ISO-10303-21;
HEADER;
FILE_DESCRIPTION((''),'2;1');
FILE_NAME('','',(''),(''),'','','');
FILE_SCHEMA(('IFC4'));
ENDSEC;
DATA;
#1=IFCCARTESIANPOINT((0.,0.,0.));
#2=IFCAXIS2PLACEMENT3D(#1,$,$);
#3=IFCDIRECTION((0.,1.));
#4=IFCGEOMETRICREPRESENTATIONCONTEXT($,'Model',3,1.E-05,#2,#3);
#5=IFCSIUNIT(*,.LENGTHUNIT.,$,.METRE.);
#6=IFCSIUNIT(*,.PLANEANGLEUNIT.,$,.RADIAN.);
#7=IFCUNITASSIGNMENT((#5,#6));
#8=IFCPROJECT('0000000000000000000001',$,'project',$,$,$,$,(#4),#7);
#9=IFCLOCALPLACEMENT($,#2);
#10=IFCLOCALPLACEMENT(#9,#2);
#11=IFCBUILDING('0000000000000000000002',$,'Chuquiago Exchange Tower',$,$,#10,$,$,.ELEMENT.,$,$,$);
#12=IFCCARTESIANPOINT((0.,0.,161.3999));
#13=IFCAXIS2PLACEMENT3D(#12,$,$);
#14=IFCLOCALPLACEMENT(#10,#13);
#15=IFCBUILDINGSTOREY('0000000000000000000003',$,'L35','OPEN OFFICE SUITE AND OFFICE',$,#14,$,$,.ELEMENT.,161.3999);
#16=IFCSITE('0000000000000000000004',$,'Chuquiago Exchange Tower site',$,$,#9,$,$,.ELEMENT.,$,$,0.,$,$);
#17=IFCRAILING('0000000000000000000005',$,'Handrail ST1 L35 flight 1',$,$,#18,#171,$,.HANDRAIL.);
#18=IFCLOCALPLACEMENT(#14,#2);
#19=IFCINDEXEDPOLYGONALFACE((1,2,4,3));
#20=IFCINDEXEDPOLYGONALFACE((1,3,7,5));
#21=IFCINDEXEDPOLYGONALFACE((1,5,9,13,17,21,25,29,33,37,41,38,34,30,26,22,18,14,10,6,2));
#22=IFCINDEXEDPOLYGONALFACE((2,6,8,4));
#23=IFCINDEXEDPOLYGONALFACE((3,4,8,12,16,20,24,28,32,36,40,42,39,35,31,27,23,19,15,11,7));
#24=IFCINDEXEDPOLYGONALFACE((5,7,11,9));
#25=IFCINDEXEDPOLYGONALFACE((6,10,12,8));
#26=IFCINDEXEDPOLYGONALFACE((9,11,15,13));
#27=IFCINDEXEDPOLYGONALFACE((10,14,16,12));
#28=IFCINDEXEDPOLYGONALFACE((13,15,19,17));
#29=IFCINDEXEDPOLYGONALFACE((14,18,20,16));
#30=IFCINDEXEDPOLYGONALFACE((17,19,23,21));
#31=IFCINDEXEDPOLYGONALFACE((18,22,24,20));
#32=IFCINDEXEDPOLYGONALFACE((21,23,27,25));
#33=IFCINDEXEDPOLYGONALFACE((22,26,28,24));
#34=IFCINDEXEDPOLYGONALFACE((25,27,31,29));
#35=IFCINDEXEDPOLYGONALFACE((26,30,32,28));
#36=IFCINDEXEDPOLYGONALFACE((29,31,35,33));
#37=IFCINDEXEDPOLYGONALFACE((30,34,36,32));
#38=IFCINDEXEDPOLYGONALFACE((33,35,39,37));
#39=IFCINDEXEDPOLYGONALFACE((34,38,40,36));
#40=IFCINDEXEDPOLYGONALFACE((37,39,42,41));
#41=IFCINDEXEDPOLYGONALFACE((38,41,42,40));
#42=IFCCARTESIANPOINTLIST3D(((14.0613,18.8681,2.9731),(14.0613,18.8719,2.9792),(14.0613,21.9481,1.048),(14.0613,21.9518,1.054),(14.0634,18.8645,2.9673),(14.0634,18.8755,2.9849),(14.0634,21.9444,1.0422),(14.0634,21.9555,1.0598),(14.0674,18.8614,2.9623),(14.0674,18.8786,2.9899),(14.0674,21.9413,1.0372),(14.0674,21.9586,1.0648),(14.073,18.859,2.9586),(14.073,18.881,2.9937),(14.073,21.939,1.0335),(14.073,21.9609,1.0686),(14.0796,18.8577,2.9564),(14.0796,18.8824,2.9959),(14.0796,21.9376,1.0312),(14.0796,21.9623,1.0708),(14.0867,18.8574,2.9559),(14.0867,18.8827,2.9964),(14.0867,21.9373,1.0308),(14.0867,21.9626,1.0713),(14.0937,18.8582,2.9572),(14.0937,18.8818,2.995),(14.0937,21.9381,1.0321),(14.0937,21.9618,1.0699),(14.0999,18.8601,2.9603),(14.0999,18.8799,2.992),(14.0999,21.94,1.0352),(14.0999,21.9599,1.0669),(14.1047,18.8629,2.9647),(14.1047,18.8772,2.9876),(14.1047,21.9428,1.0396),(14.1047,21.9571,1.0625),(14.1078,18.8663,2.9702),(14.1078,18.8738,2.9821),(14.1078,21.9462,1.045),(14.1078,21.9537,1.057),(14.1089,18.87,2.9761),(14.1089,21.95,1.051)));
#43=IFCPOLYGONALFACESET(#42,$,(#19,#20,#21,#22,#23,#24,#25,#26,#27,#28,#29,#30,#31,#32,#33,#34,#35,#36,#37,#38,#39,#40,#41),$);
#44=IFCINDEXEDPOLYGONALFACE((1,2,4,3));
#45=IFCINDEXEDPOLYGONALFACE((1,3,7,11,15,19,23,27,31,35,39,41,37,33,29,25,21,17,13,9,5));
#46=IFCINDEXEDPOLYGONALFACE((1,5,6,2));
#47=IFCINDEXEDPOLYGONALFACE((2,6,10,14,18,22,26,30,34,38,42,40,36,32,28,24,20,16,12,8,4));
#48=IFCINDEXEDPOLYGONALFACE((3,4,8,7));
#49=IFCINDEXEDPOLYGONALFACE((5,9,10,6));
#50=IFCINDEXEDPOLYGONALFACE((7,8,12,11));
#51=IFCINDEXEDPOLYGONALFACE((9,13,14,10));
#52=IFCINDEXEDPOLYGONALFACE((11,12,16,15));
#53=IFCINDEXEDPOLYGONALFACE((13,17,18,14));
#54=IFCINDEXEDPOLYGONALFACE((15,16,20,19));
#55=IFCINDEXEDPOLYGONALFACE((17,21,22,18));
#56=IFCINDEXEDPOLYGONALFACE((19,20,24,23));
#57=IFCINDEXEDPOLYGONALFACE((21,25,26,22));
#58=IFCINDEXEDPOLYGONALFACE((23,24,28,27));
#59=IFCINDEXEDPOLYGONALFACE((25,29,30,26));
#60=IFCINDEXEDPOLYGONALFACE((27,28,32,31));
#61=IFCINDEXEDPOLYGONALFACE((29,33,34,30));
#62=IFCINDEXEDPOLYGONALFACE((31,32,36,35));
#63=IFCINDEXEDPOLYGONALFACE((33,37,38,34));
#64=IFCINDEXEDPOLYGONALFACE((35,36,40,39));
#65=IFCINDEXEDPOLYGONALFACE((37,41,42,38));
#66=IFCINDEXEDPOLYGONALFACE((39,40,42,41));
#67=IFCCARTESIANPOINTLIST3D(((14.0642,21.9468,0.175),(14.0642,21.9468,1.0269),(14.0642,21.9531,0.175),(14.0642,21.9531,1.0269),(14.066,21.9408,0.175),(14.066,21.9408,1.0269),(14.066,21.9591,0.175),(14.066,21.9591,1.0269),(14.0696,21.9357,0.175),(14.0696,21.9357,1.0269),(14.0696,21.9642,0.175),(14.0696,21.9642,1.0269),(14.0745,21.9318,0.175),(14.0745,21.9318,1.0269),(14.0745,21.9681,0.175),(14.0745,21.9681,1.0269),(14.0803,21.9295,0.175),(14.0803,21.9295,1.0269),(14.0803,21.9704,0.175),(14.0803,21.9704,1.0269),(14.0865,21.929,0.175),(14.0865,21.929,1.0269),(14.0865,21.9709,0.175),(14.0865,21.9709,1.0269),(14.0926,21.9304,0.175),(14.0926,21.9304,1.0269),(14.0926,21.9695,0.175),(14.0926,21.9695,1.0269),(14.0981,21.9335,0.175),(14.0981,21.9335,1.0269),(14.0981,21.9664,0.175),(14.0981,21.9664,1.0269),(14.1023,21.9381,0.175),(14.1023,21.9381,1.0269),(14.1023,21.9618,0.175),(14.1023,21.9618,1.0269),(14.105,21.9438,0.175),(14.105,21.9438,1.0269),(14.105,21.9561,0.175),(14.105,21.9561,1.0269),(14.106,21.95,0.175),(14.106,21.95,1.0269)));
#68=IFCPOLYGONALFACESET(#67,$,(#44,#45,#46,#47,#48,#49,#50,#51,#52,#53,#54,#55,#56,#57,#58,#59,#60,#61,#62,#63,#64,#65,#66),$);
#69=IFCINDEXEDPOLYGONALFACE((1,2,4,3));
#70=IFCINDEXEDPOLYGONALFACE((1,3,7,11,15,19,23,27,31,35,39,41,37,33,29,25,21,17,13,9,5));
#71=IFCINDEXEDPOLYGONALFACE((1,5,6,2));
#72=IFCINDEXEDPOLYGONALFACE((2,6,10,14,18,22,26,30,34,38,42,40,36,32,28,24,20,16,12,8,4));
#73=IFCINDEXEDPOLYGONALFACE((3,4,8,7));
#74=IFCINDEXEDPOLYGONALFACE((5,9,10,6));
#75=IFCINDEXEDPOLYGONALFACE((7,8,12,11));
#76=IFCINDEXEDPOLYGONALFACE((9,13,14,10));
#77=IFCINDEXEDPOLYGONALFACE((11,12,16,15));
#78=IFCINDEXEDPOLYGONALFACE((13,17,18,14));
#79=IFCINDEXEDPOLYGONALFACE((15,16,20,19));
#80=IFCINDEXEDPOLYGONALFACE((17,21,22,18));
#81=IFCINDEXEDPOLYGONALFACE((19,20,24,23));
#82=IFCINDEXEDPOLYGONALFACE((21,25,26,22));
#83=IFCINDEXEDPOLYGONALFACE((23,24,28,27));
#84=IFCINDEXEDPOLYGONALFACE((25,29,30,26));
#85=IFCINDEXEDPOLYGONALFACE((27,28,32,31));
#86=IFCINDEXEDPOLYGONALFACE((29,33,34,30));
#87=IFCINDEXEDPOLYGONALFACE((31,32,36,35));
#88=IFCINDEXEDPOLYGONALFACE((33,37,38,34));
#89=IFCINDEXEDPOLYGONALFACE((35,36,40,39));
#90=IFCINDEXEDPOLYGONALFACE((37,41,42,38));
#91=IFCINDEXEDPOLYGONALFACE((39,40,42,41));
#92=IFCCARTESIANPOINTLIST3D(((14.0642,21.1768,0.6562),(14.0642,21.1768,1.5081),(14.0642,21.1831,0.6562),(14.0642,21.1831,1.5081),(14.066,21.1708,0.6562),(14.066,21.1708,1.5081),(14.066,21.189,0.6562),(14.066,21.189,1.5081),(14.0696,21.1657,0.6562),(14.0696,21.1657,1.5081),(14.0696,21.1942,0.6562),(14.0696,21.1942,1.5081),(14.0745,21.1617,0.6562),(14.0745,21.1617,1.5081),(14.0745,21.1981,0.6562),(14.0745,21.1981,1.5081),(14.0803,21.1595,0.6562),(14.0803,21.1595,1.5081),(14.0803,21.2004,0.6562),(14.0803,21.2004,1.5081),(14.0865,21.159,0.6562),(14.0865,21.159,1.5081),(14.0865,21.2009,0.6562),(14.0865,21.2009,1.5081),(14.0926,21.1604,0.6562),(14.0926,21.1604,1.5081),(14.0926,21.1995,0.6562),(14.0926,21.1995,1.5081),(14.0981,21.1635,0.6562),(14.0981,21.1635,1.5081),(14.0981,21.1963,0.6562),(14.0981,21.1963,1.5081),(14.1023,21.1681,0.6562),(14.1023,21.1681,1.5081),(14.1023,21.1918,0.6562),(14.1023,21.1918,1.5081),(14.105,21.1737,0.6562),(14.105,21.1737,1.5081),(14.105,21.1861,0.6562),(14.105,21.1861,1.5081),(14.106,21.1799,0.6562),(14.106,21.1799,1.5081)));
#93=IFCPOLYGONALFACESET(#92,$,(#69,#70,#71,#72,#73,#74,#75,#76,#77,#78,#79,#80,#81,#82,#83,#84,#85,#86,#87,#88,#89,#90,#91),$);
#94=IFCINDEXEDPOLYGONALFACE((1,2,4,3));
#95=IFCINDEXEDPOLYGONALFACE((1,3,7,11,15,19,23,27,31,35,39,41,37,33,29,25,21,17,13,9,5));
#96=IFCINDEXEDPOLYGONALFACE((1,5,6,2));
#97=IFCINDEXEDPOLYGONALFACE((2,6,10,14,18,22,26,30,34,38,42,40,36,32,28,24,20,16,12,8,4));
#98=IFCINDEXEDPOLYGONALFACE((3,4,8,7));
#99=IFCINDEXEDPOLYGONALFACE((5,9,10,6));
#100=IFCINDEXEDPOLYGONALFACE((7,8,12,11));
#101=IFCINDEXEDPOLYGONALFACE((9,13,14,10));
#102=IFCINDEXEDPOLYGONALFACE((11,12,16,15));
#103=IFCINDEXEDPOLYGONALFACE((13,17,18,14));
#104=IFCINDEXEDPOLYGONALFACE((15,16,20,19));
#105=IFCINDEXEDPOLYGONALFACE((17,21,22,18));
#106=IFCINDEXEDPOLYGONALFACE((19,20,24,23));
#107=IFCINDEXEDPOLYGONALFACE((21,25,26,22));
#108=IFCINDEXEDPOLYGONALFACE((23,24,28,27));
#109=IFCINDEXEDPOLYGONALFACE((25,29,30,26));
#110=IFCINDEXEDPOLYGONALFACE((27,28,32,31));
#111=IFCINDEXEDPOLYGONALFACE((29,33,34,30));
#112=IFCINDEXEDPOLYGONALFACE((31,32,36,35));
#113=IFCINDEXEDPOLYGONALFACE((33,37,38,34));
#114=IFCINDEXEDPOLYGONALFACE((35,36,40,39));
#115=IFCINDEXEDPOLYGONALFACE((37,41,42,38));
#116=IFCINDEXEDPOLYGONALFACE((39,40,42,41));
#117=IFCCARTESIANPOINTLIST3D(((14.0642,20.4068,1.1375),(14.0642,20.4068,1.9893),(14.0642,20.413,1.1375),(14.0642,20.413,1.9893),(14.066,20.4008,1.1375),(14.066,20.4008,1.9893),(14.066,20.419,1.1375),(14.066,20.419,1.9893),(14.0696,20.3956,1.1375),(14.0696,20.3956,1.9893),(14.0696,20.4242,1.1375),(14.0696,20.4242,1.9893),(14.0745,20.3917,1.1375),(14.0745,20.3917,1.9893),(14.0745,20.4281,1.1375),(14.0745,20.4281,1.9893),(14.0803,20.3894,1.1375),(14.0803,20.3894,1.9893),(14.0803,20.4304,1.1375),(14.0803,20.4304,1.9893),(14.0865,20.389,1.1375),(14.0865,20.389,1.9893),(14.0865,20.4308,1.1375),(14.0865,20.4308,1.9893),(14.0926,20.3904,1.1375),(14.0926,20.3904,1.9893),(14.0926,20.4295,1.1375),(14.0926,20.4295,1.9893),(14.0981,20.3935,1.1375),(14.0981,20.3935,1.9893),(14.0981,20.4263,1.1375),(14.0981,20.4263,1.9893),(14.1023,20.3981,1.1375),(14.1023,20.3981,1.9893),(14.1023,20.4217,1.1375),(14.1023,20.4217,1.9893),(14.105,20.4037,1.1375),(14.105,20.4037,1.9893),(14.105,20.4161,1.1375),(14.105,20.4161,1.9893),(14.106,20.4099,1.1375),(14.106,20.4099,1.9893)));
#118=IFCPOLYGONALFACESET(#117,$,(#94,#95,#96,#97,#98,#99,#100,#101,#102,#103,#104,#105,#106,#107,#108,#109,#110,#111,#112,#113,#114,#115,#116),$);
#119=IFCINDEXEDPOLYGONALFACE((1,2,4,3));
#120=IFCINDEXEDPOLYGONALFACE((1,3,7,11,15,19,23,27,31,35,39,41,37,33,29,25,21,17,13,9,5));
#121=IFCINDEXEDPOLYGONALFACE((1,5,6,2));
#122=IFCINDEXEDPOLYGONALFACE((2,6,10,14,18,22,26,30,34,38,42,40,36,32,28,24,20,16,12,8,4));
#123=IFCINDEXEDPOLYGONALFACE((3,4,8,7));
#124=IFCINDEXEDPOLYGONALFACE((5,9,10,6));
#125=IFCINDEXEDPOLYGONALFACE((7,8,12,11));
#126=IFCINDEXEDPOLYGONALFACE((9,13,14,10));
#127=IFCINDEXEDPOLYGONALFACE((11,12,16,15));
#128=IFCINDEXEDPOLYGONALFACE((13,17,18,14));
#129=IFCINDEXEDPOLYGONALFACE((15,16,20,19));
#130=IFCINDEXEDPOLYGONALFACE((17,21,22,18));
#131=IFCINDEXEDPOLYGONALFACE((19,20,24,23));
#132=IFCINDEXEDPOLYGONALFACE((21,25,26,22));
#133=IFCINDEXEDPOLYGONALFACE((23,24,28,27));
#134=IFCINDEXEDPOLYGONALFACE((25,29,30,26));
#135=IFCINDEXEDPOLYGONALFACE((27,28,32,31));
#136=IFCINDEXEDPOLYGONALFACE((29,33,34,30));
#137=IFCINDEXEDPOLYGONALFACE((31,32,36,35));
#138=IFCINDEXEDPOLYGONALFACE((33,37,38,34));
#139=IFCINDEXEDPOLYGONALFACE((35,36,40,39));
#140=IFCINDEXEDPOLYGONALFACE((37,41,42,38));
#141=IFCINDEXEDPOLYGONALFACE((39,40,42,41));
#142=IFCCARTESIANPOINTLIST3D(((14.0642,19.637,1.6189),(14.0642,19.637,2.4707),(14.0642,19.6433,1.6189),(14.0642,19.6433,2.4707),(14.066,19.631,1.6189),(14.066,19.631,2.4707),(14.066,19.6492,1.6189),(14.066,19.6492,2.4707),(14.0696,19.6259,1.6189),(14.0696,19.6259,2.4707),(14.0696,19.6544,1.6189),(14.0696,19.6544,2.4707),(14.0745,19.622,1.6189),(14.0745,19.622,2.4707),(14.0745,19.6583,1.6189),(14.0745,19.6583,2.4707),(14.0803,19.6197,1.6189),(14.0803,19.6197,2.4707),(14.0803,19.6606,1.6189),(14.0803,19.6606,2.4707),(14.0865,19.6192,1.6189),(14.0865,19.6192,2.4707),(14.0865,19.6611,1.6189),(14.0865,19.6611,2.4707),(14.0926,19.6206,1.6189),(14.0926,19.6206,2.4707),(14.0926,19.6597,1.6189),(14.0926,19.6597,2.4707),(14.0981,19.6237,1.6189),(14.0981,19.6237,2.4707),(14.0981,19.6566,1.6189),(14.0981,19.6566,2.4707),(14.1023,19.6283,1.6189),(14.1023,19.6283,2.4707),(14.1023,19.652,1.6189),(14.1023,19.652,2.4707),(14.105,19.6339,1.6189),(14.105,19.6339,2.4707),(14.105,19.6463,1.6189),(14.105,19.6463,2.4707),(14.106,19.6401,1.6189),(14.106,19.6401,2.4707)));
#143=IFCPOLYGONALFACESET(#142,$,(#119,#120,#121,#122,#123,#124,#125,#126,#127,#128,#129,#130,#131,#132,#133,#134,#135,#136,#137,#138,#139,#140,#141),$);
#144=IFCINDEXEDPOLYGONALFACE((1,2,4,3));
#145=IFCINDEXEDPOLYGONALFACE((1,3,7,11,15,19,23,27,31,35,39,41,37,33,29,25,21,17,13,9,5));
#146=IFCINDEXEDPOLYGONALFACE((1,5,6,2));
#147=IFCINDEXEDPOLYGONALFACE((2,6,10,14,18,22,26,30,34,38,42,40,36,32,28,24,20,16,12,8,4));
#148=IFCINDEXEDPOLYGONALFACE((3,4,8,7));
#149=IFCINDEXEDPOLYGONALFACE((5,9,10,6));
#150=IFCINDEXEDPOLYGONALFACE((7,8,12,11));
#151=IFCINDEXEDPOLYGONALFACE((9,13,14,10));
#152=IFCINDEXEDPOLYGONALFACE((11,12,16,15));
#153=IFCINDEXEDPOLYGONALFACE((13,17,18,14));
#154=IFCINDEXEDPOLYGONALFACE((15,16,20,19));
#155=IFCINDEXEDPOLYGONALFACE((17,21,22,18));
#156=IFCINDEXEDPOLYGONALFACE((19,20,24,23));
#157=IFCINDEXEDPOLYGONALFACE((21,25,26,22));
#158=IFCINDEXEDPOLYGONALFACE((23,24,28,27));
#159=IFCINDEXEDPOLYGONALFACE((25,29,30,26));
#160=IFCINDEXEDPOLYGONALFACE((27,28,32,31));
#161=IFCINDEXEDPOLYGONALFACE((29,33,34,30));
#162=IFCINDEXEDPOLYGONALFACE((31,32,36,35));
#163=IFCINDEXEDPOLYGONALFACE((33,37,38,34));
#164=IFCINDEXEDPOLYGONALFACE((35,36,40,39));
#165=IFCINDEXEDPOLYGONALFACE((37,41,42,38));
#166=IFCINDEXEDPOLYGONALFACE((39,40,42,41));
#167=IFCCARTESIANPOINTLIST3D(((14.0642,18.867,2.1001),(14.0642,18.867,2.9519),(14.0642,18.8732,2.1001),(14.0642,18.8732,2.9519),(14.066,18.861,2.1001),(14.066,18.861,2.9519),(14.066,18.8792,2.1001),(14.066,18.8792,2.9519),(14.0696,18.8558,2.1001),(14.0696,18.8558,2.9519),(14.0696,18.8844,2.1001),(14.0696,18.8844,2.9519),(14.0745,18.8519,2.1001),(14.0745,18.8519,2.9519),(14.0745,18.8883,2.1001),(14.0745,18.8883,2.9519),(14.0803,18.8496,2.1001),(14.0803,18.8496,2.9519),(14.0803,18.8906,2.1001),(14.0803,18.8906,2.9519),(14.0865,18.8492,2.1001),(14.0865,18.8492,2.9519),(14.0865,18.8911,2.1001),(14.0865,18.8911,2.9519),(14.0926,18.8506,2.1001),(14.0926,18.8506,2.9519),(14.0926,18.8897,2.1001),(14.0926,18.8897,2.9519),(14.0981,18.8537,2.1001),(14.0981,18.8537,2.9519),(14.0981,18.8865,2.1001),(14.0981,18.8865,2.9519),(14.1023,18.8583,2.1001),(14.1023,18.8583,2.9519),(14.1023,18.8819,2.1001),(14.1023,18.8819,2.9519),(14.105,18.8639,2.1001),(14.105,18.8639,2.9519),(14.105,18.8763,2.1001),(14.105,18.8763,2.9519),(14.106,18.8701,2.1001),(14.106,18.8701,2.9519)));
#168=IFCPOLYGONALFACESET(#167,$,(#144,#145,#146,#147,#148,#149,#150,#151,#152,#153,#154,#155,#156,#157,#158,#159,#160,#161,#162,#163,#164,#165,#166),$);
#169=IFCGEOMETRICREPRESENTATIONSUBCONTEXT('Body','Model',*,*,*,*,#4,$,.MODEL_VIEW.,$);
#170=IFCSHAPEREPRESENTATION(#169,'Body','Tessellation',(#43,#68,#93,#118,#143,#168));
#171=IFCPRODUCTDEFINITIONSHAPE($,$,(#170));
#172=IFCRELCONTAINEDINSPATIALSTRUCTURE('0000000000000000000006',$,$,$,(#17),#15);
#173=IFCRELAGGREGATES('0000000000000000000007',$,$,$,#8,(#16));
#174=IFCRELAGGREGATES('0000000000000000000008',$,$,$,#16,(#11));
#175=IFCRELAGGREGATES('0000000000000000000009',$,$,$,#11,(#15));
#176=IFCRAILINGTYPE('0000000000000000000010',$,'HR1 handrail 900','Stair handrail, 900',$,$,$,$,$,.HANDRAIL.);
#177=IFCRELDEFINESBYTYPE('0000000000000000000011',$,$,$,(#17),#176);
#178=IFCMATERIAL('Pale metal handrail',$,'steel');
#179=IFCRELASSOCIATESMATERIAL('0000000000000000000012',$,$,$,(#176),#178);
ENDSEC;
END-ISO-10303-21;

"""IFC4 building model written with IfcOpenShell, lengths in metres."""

from ifc_helpers import new_model, si_unit, direction, frame, origin, origin_2d, place, context, subcontext, project, spatial, circle, extrude, material, type_object, element, save


model = new_model("IFC4")

# Units and contexts
model_context = context("Model", 3, precision=1e-05, world=origin(), true_north=direction((0.0, 1.0)))
body_context = subcontext(model_context, "Body", "Model", "MODEL_VIEW")
ifc_project = project(units=[si_unit("LENGTHUNIT", "METRE"), si_unit("PLANEANGLEUNIT", "RADIAN")], contexts=[model_context])

# Site, building, storey
site_placement = place(None, origin())
site = spatial("IfcSite", under=ifc_project, at=site_placement, Name="Chuquiago Exchange Tower site", CompositionType="ELEMENT", RefElevation=0.0)
building_placement = place(site_placement, origin())
building = spatial("IfcBuilding", under=site, at=building_placement, Name="Chuquiago Exchange Tower", CompositionType="ELEMENT")
storey_placement = place(building_placement, frame((0.0, 0.0, 161.3999)))
storey = spatial("IfcBuildingStorey", under=building, at=storey_placement, Name="L35", Description="OPEN OFFICE SUITE AND OFFICE", CompositionType="ELEMENT", Elevation=161.3999)

# Railing
ifc_material_1 = material(Name="Pale metal handrail", Category="steel")
railing_type = type_object("IfcRailingType", Name="HR1 handrail 900", Description="Stair handrail, 900", PredefinedType="HANDRAIL", material=ifc_material_1)
for number, where, name in (
    (1, (14.085, 21.95, 0.175), "Handrail ST1 L35 flight 1"),
):
    element("IfcRailing", number, at=place(storey_placement, frame(where)), inside=storey, type_object=railing_type, Name=name, PredefinedType="HANDRAIL", context=body_context, shape_type="SweptSolid", body=[
        extrude(circle(Radius=0.0239, at=origin_2d()), frame((0.0, 0.0, 0.876), z_axis=(0.0, -0.847979, 0.530029), x_axis=(1.0, 0.0, 0.0)), (0.0, 0.0, 1.0), 3.6321),
        extrude(circle(Radius=0.021, at=origin_2d()), origin(), (0.0, 0.0, 1.0), 0.8518),
        extrude(circle(Radius=0.021, at=origin_2d()), frame((0.0, -0.77, 0.4812)), (0.0, 0.0, 1.0), 0.8518),
        extrude(circle(Radius=0.021, at=origin_2d()), frame((0.0, -1.54, 0.9624)), (0.0, 0.0, 1.0), 0.8518),
        extrude(circle(Radius=0.021, at=origin_2d()), frame((0.0, -2.3098, 1.4438)), (0.0, 0.0, 1.0), 0.8518),
        extrude(circle(Radius=0.021, at=origin_2d()), frame((0.0, -3.0798, 1.925)), (0.0, 0.0, 1.0), 0.8518),
    ])

save(model, "model.ifc")
